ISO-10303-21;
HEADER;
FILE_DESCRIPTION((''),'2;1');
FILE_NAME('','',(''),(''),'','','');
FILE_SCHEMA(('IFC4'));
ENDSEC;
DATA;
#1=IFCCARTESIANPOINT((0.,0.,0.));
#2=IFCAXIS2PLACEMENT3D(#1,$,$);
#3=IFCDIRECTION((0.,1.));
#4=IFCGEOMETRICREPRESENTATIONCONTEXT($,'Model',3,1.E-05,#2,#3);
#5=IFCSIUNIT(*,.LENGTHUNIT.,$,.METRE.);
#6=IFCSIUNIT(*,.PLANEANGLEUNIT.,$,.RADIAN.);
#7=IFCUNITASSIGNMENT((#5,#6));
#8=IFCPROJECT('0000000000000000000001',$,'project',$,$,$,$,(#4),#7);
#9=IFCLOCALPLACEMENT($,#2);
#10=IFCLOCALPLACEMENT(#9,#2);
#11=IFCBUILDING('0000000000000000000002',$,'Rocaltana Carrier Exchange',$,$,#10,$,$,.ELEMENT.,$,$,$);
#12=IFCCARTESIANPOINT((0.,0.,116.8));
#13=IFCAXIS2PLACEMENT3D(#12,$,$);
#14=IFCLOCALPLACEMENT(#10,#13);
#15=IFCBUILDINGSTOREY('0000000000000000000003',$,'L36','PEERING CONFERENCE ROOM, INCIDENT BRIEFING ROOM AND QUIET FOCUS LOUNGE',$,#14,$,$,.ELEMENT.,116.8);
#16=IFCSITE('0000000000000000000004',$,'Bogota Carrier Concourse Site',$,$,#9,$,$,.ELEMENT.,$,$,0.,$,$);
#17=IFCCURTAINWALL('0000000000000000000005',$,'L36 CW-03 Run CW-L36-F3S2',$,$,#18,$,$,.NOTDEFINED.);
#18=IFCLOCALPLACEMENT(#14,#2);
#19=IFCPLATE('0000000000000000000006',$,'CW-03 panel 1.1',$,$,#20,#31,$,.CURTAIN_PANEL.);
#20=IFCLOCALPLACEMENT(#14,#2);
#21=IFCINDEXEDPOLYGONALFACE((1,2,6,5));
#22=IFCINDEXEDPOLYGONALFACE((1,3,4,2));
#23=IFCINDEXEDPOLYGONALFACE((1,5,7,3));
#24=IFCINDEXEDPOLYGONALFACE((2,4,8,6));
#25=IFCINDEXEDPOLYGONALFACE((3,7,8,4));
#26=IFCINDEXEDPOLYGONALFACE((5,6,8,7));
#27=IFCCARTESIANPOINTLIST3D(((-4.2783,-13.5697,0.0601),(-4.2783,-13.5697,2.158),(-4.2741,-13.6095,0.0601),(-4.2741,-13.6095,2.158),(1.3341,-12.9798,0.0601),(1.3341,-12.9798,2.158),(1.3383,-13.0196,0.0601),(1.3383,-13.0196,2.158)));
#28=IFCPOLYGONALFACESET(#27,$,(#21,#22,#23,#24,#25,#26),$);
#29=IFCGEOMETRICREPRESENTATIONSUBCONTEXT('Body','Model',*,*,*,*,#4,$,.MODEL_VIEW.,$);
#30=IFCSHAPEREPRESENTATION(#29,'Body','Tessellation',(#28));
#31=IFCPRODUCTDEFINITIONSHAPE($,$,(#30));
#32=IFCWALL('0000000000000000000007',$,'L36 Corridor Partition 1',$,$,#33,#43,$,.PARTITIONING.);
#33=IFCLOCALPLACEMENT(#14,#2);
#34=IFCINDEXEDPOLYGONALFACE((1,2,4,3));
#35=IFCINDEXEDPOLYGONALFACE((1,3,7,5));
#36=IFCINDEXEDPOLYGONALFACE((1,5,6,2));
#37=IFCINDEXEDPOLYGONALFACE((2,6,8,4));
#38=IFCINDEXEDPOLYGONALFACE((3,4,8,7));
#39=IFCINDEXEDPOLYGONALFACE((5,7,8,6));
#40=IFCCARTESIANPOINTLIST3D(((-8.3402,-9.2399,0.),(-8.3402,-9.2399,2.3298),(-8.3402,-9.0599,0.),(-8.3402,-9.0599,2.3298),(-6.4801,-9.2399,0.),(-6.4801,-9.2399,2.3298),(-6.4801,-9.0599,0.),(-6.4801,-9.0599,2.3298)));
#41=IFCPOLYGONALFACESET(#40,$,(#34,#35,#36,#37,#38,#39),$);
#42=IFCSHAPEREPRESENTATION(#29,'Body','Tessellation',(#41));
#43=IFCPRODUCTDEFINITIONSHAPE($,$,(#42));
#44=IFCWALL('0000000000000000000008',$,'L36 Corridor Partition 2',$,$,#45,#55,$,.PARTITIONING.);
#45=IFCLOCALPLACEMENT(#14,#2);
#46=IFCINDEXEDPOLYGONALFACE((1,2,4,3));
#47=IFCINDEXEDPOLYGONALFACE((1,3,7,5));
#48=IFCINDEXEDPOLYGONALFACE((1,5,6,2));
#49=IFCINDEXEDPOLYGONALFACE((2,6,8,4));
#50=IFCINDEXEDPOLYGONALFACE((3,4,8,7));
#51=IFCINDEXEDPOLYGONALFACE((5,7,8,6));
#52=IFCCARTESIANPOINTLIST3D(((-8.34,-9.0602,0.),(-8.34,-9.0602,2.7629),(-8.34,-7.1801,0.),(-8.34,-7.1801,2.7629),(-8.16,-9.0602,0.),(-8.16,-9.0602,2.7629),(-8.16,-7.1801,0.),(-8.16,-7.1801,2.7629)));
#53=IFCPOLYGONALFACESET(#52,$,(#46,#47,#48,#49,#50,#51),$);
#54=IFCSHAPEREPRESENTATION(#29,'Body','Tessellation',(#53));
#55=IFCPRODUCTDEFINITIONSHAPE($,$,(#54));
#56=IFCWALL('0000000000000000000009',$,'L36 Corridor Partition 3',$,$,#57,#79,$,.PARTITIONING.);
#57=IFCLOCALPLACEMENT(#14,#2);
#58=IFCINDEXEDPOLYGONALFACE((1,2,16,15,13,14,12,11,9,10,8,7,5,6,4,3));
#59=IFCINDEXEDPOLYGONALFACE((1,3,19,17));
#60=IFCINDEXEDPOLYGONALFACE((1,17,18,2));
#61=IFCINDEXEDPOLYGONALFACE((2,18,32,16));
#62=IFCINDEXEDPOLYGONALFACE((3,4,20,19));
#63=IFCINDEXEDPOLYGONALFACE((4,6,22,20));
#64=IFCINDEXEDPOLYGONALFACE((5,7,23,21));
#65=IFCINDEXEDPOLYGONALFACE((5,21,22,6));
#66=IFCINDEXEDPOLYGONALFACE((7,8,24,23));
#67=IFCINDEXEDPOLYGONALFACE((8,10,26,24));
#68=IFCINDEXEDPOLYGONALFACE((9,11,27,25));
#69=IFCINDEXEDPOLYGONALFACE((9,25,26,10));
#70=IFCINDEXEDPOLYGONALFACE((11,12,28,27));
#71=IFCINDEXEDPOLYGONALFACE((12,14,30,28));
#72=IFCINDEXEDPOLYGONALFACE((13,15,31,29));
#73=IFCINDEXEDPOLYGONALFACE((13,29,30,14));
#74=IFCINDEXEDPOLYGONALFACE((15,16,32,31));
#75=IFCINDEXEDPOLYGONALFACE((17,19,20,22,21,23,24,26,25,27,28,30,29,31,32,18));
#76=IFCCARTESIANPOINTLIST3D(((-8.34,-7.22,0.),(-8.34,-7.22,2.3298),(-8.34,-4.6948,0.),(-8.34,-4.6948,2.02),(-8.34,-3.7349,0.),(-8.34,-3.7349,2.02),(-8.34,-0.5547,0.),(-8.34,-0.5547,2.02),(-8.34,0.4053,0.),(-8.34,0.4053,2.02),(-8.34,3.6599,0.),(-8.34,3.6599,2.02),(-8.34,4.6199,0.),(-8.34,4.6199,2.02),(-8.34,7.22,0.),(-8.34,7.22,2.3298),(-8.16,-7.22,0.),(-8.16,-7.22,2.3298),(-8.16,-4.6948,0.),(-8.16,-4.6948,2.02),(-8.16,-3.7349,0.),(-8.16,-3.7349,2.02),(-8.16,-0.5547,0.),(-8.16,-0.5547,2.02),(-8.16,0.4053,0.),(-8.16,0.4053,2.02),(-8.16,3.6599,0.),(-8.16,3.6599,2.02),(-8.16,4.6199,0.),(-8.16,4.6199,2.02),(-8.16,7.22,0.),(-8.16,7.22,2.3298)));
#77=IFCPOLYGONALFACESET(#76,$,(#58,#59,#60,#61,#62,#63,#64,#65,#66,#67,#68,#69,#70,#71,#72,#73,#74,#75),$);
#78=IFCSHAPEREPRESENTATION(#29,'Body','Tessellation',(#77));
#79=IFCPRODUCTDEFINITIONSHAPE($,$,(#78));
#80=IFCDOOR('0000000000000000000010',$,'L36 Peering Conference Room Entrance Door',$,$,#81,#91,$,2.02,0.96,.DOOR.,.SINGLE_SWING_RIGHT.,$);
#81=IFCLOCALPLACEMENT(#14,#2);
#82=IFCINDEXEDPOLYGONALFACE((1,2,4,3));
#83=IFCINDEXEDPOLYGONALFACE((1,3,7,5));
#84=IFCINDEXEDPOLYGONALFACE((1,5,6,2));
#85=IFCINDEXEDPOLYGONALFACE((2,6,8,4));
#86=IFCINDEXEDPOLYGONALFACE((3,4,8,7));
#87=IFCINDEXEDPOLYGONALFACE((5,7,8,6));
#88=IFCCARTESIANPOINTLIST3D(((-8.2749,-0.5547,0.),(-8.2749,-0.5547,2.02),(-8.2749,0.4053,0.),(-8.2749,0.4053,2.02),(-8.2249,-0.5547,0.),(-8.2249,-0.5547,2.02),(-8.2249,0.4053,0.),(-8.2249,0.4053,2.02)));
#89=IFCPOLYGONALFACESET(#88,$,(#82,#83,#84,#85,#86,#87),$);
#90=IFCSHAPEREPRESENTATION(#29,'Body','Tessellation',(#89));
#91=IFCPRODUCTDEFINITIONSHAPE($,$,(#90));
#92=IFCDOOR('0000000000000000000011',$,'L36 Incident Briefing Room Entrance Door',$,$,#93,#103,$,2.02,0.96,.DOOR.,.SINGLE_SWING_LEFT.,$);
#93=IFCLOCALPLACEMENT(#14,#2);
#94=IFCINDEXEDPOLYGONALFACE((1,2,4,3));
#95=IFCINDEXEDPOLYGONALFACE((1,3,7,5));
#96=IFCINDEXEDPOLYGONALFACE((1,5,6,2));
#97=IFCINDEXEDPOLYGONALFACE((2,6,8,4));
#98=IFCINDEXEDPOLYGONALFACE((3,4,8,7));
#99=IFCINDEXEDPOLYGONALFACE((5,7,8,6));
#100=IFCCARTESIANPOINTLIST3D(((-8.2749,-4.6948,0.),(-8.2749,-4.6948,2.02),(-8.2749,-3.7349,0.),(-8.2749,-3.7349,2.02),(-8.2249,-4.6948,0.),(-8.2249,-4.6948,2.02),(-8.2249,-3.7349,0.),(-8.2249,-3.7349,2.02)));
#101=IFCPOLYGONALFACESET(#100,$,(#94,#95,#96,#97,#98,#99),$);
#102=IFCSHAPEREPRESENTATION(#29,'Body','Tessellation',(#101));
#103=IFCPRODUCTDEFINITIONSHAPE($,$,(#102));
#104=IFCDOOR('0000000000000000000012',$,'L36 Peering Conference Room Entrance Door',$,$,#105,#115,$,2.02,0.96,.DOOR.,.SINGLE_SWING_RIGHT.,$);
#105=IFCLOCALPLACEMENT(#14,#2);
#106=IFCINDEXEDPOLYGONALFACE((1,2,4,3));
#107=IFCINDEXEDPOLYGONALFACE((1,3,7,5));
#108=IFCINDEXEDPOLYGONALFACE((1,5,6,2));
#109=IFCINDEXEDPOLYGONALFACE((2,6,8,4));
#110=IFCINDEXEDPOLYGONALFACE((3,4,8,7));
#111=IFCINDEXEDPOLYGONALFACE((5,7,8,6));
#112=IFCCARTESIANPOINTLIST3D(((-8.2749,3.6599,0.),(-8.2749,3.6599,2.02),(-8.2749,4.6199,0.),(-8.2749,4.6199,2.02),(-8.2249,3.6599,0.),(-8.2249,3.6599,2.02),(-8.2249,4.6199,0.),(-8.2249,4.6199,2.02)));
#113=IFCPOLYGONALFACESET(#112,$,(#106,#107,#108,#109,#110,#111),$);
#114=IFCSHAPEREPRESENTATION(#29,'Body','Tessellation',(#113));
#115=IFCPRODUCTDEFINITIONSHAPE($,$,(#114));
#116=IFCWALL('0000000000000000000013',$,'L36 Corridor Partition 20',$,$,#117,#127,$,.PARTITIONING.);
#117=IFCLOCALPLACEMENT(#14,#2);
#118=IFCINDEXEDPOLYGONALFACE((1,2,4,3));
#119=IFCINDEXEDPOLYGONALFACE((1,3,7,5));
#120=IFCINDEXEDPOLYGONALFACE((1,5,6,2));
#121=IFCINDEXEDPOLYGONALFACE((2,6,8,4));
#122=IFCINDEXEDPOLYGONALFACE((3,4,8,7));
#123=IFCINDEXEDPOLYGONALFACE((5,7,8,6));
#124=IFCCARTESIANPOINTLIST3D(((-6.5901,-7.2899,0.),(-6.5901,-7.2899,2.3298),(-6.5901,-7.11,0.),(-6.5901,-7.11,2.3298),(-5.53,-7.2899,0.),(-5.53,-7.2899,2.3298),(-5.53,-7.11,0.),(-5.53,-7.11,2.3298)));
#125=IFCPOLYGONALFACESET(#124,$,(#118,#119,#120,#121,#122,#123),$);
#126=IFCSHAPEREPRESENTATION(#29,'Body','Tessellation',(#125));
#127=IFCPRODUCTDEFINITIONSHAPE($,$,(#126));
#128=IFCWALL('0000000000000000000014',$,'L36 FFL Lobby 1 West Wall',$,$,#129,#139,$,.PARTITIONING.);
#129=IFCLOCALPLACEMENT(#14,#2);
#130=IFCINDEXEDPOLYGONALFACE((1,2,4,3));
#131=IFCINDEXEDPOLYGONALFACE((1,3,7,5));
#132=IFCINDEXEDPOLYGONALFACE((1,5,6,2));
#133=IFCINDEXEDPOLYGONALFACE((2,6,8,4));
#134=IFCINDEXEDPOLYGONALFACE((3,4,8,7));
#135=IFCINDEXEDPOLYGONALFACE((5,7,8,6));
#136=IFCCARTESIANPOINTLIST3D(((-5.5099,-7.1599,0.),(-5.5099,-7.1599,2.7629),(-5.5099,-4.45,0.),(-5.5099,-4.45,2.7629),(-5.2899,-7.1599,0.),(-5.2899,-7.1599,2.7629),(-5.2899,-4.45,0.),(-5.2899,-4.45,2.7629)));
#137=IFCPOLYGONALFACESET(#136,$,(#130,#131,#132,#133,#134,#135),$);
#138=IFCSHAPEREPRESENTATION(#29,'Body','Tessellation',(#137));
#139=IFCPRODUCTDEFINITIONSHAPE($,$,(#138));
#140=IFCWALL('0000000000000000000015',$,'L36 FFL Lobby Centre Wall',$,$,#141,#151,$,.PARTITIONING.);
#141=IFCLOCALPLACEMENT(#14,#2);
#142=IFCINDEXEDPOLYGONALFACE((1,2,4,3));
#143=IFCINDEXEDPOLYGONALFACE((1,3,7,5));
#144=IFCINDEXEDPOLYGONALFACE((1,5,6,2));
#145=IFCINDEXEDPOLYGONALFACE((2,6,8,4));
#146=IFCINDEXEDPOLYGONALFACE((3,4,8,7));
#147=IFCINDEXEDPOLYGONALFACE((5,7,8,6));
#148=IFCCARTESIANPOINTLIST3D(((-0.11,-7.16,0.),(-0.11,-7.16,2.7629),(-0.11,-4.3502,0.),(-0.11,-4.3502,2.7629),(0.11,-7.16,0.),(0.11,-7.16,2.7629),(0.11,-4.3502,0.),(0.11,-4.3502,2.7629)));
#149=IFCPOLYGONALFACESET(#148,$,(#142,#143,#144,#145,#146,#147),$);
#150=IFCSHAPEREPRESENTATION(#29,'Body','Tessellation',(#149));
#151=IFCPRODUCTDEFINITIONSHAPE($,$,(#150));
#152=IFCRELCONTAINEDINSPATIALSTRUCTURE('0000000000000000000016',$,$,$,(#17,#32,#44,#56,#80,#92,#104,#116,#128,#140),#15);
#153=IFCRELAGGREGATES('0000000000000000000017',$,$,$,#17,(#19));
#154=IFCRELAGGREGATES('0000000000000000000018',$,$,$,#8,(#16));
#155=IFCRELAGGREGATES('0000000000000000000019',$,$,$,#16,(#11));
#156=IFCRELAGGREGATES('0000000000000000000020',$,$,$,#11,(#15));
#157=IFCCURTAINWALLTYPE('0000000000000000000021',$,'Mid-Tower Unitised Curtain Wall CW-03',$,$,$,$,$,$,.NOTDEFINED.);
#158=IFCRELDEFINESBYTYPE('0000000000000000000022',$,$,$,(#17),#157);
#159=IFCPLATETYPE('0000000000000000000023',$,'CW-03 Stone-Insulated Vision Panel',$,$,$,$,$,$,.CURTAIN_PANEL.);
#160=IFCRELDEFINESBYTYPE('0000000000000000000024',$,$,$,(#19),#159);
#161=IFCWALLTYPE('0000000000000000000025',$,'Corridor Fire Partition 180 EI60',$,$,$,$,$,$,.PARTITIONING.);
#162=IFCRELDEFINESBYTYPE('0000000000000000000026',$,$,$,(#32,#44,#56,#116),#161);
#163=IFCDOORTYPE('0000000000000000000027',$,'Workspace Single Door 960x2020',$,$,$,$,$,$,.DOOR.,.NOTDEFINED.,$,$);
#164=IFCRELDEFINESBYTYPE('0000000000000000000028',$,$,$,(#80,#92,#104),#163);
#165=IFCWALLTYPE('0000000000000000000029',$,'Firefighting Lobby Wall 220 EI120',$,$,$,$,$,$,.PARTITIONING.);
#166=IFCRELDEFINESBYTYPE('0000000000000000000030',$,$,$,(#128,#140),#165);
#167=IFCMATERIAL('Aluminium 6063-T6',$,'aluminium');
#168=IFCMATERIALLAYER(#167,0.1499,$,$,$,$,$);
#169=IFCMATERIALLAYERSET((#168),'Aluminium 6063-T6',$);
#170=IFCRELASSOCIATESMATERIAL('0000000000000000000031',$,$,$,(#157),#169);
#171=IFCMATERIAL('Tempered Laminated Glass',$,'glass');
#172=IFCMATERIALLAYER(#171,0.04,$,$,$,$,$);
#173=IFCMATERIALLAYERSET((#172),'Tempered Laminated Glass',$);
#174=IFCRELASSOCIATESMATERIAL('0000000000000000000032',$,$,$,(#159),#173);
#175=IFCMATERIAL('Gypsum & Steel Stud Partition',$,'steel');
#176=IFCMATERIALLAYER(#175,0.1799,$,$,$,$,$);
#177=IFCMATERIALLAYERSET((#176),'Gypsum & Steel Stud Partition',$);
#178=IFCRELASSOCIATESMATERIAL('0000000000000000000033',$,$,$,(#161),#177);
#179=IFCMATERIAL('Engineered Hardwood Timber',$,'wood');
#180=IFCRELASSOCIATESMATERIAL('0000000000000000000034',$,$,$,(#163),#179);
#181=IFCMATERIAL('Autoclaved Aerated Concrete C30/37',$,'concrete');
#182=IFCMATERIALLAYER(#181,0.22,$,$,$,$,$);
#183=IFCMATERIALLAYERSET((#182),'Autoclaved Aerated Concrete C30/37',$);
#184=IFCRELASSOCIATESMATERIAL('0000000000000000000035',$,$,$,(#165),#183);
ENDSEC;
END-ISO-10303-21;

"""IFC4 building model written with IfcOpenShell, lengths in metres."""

from ifc_helpers import new_model, si_unit, direction, frame, frame_2d, origin, origin_2d, place, context, subcontext, project, spatial, rectangle, extrude, material, layer, layer_set, type_object, element, fill, aggregate, save


model = new_model("IFC4")

# Units and contexts
model_context = context("Model", 3, precision=1e-05, world=origin(), true_north=direction((0.0, 1.0)))
body_context = subcontext(model_context, "Body", "Model", "MODEL_VIEW")
ifc_project = project(units=[si_unit("LENGTHUNIT", "METRE"), si_unit("PLANEANGLEUNIT", "RADIAN")], contexts=[model_context])

# Site, building, storey
site_placement = place(None, origin())
site = spatial("IfcSite", under=ifc_project, at=site_placement, Name="Bogota Carrier Concourse Site", CompositionType="ELEMENT", RefElevation=0.0)
building_placement = place(site_placement, origin())
building = spatial("IfcBuilding", under=site, at=building_placement, Name="Rocaltana Carrier Exchange", CompositionType="ELEMENT")
storey_placement = place(building_placement, frame((0.0, 0.0, 116.8)))
storey = spatial("IfcBuildingStorey", under=building, at=storey_placement, Name="L36", Description="PEERING CONFERENCE ROOM, INCIDENT BRIEFING ROOM AND QUIET FOCUS LOUNGE", CompositionType="ELEMENT", Elevation=116.8)

# Shared definitions
ifc_material_1 = material(Name="Aluminium 6063-T6", Category="aluminium")
ifc_layer_1 = layer(ifc_material_1, 0.1499)
ifc_layer_set_1 = layer_set([ifc_layer_1], Name="Aluminium 6063-T6")
curtain_wall_type = type_object("IfcCurtainWallType", Name="Mid-Tower Unitised Curtain Wall CW-03", PredefinedType="NOTDEFINED", material=ifc_layer_set_1)

# Curtain wall
curtain_wall_1_placement = place(storey_placement, origin())
curtain_wall_1 = element("IfcCurtainWall", 1, at=curtain_wall_1_placement, inside=storey, type_object=curtain_wall_type, Name="L36 CW-03 Run CW-L36-F3S2", PredefinedType="NOTDEFINED")

# Plate
ifc_material_2 = material(Name="Tempered Laminated Glass", Category="glass")
ifc_layer_2 = layer(ifc_material_2, 0.04)
ifc_layer_set_2 = layer_set([ifc_layer_2], Name="Tempered Laminated Glass")
plate_type = type_object("IfcPlateType", Name="CW-03 Stone-Insulated Vision Panel", PredefinedType="CURTAIN_PANEL", material=ifc_layer_set_2)
plate_placement = place(storey_placement, frame((-1.47, -13.2947, 0.0601), z_axis=(0.0, 0.0, 1.0), x_axis=(0.994522, 0.10453, 0.0)))
plate = element("IfcPlate", 2, at=plate_placement, type_object=plate_type, Name="CW-03 panel 1.1", PredefinedType="CURTAIN_PANEL", context=body_context, shape_type="SweptSolid", body=[
    extrude(rectangle(XDim=5.6433, YDim=0.04, at=origin_2d()), origin(), (0.0, 0.0, 1.0), 2.0979),
])
aggregate(curtain_wall_1, [plate])

# Walls
ifc_material_3 = material(Name="Gypsum & Steel Stud Partition", Category="steel")
ifc_layer_3 = layer(ifc_material_3, 0.1799)
ifc_layer_set_3 = layer_set([ifc_layer_3], Name="Gypsum & Steel Stud Partition")
wall_type_1 = type_object("IfcWallType", Name="Corridor Fire Partition 180 EI60", PredefinedType="PARTITIONING", material=ifc_layer_set_3)
wall_1_placement = place(storey_placement, frame((-6.48, -9.1499, 0.0), z_axis=(0.0, 0.0, 1.0), x_axis=(-1.0, 0.0, 0.0)))
element("IfcWall", 3, at=wall_1_placement, inside=storey, type_object=wall_type_1, Name="L36 Corridor Partition 1", PredefinedType="PARTITIONING", context=body_context, shape_type="SweptSolid", body=[
    extrude(rectangle(XDim=1.8601, YDim=0.1799, at=frame_2d((0.9302, 0.0))), origin(), (0.0, 0.0, 1.0), 2.3298),
])
wall_2_placement = place(storey_placement, frame((-8.25, -9.0601, 0.0), z_axis=(0.0, 0.0, 1.0), x_axis=(0.0, 1.0, 0.0)))
element("IfcWall", 4, at=wall_2_placement, inside=storey, type_object=wall_type_1, Name="L36 Corridor Partition 2", PredefinedType="PARTITIONING", context=body_context, shape_type="SweptSolid", body=[
    extrude(rectangle(XDim=1.8801, YDim=0.1799, at=frame_2d((0.9399, 0.0))), origin(), (0.0, 0.0, 1.0), 2.7629),
])

# Wall, openings, doors
wall_3_placement = place(storey_placement, frame((-8.25, -7.22, 0.0), z_axis=(0.0, 0.0, 1.0), x_axis=(0.0, 1.0, 0.0)))
wall_3 = element("IfcWall", 5, at=wall_3_placement, inside=storey, type_object=wall_type_1, Name="L36 Corridor Partition 3", PredefinedType="PARTITIONING", context=body_context, shape_type="SweptSolid", body=[
    extrude(rectangle(XDim=14.4399, YDim=0.1799, at=frame_2d((7.22, 0.0))), origin(), (0.0, 0.0, 1.0), 2.3298),
])
opening_1_placement = place(wall_3_placement, frame((6.6653, 0.0, 0.0)))
opening_1 = element("IfcOpeningElement", 6, at=opening_1_placement, cuts=wall_3, PredefinedType="OPENING", context=body_context, shape_type="SweptSolid", body=[
    extrude(rectangle(XDim=0.96, YDim=2.02, at=frame_2d((0.48, 1.01))), frame((0.0, 0.0999, 0.0), z_axis=(0.0, -1.0, 0.0), x_axis=(1.0, 0.0, 0.0)), (0.0, 0.0, 1.0), 0.2),
])
opening_2_placement = place(wall_3_placement, frame((2.5251, 0.0, 0.0)))
opening_2 = element("IfcOpeningElement", 7, at=opening_2_placement, cuts=wall_3, PredefinedType="OPENING", context=body_context, shape_type="SweptSolid", body=[
    extrude(rectangle(XDim=0.96, YDim=2.02, at=frame_2d((0.48, 1.01))), frame((0.0, 0.0999, 0.0), z_axis=(0.0, -1.0, 0.0), x_axis=(1.0, 0.0, 0.0)), (0.0, 0.0, 1.0), 0.2),
])
opening_3_placement = place(wall_3_placement, frame((10.8799, 0.0, 0.0)))
opening_3 = element("IfcOpeningElement", 8, at=opening_3_placement, cuts=wall_3, PredefinedType="OPENING", context=body_context, shape_type="SweptSolid", body=[
    extrude(rectangle(XDim=0.96, YDim=2.02, at=frame_2d((0.48, 1.01))), frame((0.0, 0.0999, 0.0), z_axis=(0.0, -1.0, 0.0), x_axis=(1.0, 0.0, 0.0)), (0.0, 0.0, 1.0), 0.2),
])
ifc_material_4 = material(Name="Engineered Hardwood Timber", Category="wood")
door_type_1 = type_object("IfcDoorType", Name="Workspace Single Door 960x2020", OperationType="NOTDEFINED", PredefinedType="DOOR", material=ifc_material_4)
door_1_placement = place(opening_1_placement, origin())
door_1 = element("IfcDoor", 9, at=door_1_placement, inside=storey, type_object=door_type_1, Name="L36 Peering Conference Room Entrance Door", OperationType="SINGLE_SWING_RIGHT", OverallHeight=2.02, OverallWidth=0.96, PredefinedType="DOOR", context=body_context, shape_type="SweptSolid", body=[
    extrude(rectangle(XDim=0.96, YDim=2.02, at=frame_2d((0.48, 1.01))), frame((0.0, 0.0249, 0.0), z_axis=(0.0, -1.0, 0.0), x_axis=(1.0, 0.0, 0.0)), (0.0, 0.0, 1.0), 0.05),
])
fill(opening_1, door_1)
door_2_placement = place(opening_2_placement, origin())
door_2 = element("IfcDoor", 10, at=door_2_placement, inside=storey, type_object=door_type_1, Name="L36 Incident Briefing Room Entrance Door", OperationType="SINGLE_SWING_LEFT", OverallHeight=2.02, OverallWidth=0.96, PredefinedType="DOOR", context=body_context, shape_type="SweptSolid", body=[
    extrude(rectangle(XDim=0.96, YDim=2.02, at=frame_2d((0.48, 1.01))), frame((0.0, 0.0249, 0.0), z_axis=(0.0, -1.0, 0.0), x_axis=(1.0, 0.0, 0.0)), (0.0, 0.0, 1.0), 0.05),
])
fill(opening_2, door_2)
door_3_placement = place(opening_3_placement, origin())
door_3 = element("IfcDoor", 11, at=door_3_placement, inside=storey, type_object=door_type_1, Name="L36 Peering Conference Room Entrance Door", OperationType="SINGLE_SWING_RIGHT", OverallHeight=2.02, OverallWidth=0.96, PredefinedType="DOOR", context=body_context, shape_type="SweptSolid", body=[
    extrude(rectangle(XDim=0.96, YDim=2.02, at=frame_2d((0.48, 1.01))), frame((0.0, 0.0249, 0.0), z_axis=(0.0, -1.0, 0.0), x_axis=(1.0, 0.0, 0.0)), (0.0, 0.0, 1.0), 0.05),
])
fill(opening_3, door_3)

# Walls
wall_4_placement = place(storey_placement, frame((-6.5901, -7.2, 0.0), z_axis=(0.0, 0.0, 1.0), x_axis=(1.0, 0.0, 0.0)))
element("IfcWall", 12, at=wall_4_placement, inside=storey, type_object=wall_type_1, Name="L36 Corridor Partition 20", PredefinedType="PARTITIONING", context=body_context, shape_type="SweptSolid", body=[
    extrude(rectangle(XDim=1.0601, YDim=0.1799, at=frame_2d((0.53, 0.0))), origin(), (0.0, 0.0, 1.0), 2.3298),
])
ifc_material_5 = material(Name="Autoclaved Aerated Concrete C30/37", Category="concrete")
ifc_layer_4 = layer(ifc_material_5, 0.22)
ifc_layer_set_4 = layer_set([ifc_layer_4], Name="Autoclaved Aerated Concrete C30/37")
wall_type_2 = type_object("IfcWallType", Name="Firefighting Lobby Wall 220 EI120", PredefinedType="PARTITIONING", material=ifc_layer_set_4)
wall_5_placement = place(storey_placement, frame((-5.3999, -7.1599, 0.0), z_axis=(0.0, 0.0, 1.0), x_axis=(0.0, 1.0, 0.0)))
element("IfcWall", 13, at=wall_5_placement, inside=storey, type_object=wall_type_2, Name="L36 FFL Lobby 1 West Wall", PredefinedType="PARTITIONING", context=body_context, shape_type="SweptSolid", body=[
    extrude(rectangle(XDim=2.71, YDim=0.22, at=frame_2d((1.355, 0.0))), origin(), (0.0, 0.0, 1.0), 2.7629),
])
wall_6_placement = place(storey_placement, frame((0.0, -7.1599, 0.0), z_axis=(0.0, 0.0, 1.0), x_axis=(0.0, 1.0, 0.0)))
element("IfcWall", 14, at=wall_6_placement, inside=storey, type_object=wall_type_2, Name="L36 FFL Lobby Centre Wall", PredefinedType="PARTITIONING", context=body_context, shape_type="SweptSolid", body=[
    extrude(rectangle(XDim=2.8098, YDim=0.22, at=frame_2d((1.4048, 0.0))), origin(), (0.0, 0.0, 1.0), 2.7629),
])

save(model, "model.ifc")
